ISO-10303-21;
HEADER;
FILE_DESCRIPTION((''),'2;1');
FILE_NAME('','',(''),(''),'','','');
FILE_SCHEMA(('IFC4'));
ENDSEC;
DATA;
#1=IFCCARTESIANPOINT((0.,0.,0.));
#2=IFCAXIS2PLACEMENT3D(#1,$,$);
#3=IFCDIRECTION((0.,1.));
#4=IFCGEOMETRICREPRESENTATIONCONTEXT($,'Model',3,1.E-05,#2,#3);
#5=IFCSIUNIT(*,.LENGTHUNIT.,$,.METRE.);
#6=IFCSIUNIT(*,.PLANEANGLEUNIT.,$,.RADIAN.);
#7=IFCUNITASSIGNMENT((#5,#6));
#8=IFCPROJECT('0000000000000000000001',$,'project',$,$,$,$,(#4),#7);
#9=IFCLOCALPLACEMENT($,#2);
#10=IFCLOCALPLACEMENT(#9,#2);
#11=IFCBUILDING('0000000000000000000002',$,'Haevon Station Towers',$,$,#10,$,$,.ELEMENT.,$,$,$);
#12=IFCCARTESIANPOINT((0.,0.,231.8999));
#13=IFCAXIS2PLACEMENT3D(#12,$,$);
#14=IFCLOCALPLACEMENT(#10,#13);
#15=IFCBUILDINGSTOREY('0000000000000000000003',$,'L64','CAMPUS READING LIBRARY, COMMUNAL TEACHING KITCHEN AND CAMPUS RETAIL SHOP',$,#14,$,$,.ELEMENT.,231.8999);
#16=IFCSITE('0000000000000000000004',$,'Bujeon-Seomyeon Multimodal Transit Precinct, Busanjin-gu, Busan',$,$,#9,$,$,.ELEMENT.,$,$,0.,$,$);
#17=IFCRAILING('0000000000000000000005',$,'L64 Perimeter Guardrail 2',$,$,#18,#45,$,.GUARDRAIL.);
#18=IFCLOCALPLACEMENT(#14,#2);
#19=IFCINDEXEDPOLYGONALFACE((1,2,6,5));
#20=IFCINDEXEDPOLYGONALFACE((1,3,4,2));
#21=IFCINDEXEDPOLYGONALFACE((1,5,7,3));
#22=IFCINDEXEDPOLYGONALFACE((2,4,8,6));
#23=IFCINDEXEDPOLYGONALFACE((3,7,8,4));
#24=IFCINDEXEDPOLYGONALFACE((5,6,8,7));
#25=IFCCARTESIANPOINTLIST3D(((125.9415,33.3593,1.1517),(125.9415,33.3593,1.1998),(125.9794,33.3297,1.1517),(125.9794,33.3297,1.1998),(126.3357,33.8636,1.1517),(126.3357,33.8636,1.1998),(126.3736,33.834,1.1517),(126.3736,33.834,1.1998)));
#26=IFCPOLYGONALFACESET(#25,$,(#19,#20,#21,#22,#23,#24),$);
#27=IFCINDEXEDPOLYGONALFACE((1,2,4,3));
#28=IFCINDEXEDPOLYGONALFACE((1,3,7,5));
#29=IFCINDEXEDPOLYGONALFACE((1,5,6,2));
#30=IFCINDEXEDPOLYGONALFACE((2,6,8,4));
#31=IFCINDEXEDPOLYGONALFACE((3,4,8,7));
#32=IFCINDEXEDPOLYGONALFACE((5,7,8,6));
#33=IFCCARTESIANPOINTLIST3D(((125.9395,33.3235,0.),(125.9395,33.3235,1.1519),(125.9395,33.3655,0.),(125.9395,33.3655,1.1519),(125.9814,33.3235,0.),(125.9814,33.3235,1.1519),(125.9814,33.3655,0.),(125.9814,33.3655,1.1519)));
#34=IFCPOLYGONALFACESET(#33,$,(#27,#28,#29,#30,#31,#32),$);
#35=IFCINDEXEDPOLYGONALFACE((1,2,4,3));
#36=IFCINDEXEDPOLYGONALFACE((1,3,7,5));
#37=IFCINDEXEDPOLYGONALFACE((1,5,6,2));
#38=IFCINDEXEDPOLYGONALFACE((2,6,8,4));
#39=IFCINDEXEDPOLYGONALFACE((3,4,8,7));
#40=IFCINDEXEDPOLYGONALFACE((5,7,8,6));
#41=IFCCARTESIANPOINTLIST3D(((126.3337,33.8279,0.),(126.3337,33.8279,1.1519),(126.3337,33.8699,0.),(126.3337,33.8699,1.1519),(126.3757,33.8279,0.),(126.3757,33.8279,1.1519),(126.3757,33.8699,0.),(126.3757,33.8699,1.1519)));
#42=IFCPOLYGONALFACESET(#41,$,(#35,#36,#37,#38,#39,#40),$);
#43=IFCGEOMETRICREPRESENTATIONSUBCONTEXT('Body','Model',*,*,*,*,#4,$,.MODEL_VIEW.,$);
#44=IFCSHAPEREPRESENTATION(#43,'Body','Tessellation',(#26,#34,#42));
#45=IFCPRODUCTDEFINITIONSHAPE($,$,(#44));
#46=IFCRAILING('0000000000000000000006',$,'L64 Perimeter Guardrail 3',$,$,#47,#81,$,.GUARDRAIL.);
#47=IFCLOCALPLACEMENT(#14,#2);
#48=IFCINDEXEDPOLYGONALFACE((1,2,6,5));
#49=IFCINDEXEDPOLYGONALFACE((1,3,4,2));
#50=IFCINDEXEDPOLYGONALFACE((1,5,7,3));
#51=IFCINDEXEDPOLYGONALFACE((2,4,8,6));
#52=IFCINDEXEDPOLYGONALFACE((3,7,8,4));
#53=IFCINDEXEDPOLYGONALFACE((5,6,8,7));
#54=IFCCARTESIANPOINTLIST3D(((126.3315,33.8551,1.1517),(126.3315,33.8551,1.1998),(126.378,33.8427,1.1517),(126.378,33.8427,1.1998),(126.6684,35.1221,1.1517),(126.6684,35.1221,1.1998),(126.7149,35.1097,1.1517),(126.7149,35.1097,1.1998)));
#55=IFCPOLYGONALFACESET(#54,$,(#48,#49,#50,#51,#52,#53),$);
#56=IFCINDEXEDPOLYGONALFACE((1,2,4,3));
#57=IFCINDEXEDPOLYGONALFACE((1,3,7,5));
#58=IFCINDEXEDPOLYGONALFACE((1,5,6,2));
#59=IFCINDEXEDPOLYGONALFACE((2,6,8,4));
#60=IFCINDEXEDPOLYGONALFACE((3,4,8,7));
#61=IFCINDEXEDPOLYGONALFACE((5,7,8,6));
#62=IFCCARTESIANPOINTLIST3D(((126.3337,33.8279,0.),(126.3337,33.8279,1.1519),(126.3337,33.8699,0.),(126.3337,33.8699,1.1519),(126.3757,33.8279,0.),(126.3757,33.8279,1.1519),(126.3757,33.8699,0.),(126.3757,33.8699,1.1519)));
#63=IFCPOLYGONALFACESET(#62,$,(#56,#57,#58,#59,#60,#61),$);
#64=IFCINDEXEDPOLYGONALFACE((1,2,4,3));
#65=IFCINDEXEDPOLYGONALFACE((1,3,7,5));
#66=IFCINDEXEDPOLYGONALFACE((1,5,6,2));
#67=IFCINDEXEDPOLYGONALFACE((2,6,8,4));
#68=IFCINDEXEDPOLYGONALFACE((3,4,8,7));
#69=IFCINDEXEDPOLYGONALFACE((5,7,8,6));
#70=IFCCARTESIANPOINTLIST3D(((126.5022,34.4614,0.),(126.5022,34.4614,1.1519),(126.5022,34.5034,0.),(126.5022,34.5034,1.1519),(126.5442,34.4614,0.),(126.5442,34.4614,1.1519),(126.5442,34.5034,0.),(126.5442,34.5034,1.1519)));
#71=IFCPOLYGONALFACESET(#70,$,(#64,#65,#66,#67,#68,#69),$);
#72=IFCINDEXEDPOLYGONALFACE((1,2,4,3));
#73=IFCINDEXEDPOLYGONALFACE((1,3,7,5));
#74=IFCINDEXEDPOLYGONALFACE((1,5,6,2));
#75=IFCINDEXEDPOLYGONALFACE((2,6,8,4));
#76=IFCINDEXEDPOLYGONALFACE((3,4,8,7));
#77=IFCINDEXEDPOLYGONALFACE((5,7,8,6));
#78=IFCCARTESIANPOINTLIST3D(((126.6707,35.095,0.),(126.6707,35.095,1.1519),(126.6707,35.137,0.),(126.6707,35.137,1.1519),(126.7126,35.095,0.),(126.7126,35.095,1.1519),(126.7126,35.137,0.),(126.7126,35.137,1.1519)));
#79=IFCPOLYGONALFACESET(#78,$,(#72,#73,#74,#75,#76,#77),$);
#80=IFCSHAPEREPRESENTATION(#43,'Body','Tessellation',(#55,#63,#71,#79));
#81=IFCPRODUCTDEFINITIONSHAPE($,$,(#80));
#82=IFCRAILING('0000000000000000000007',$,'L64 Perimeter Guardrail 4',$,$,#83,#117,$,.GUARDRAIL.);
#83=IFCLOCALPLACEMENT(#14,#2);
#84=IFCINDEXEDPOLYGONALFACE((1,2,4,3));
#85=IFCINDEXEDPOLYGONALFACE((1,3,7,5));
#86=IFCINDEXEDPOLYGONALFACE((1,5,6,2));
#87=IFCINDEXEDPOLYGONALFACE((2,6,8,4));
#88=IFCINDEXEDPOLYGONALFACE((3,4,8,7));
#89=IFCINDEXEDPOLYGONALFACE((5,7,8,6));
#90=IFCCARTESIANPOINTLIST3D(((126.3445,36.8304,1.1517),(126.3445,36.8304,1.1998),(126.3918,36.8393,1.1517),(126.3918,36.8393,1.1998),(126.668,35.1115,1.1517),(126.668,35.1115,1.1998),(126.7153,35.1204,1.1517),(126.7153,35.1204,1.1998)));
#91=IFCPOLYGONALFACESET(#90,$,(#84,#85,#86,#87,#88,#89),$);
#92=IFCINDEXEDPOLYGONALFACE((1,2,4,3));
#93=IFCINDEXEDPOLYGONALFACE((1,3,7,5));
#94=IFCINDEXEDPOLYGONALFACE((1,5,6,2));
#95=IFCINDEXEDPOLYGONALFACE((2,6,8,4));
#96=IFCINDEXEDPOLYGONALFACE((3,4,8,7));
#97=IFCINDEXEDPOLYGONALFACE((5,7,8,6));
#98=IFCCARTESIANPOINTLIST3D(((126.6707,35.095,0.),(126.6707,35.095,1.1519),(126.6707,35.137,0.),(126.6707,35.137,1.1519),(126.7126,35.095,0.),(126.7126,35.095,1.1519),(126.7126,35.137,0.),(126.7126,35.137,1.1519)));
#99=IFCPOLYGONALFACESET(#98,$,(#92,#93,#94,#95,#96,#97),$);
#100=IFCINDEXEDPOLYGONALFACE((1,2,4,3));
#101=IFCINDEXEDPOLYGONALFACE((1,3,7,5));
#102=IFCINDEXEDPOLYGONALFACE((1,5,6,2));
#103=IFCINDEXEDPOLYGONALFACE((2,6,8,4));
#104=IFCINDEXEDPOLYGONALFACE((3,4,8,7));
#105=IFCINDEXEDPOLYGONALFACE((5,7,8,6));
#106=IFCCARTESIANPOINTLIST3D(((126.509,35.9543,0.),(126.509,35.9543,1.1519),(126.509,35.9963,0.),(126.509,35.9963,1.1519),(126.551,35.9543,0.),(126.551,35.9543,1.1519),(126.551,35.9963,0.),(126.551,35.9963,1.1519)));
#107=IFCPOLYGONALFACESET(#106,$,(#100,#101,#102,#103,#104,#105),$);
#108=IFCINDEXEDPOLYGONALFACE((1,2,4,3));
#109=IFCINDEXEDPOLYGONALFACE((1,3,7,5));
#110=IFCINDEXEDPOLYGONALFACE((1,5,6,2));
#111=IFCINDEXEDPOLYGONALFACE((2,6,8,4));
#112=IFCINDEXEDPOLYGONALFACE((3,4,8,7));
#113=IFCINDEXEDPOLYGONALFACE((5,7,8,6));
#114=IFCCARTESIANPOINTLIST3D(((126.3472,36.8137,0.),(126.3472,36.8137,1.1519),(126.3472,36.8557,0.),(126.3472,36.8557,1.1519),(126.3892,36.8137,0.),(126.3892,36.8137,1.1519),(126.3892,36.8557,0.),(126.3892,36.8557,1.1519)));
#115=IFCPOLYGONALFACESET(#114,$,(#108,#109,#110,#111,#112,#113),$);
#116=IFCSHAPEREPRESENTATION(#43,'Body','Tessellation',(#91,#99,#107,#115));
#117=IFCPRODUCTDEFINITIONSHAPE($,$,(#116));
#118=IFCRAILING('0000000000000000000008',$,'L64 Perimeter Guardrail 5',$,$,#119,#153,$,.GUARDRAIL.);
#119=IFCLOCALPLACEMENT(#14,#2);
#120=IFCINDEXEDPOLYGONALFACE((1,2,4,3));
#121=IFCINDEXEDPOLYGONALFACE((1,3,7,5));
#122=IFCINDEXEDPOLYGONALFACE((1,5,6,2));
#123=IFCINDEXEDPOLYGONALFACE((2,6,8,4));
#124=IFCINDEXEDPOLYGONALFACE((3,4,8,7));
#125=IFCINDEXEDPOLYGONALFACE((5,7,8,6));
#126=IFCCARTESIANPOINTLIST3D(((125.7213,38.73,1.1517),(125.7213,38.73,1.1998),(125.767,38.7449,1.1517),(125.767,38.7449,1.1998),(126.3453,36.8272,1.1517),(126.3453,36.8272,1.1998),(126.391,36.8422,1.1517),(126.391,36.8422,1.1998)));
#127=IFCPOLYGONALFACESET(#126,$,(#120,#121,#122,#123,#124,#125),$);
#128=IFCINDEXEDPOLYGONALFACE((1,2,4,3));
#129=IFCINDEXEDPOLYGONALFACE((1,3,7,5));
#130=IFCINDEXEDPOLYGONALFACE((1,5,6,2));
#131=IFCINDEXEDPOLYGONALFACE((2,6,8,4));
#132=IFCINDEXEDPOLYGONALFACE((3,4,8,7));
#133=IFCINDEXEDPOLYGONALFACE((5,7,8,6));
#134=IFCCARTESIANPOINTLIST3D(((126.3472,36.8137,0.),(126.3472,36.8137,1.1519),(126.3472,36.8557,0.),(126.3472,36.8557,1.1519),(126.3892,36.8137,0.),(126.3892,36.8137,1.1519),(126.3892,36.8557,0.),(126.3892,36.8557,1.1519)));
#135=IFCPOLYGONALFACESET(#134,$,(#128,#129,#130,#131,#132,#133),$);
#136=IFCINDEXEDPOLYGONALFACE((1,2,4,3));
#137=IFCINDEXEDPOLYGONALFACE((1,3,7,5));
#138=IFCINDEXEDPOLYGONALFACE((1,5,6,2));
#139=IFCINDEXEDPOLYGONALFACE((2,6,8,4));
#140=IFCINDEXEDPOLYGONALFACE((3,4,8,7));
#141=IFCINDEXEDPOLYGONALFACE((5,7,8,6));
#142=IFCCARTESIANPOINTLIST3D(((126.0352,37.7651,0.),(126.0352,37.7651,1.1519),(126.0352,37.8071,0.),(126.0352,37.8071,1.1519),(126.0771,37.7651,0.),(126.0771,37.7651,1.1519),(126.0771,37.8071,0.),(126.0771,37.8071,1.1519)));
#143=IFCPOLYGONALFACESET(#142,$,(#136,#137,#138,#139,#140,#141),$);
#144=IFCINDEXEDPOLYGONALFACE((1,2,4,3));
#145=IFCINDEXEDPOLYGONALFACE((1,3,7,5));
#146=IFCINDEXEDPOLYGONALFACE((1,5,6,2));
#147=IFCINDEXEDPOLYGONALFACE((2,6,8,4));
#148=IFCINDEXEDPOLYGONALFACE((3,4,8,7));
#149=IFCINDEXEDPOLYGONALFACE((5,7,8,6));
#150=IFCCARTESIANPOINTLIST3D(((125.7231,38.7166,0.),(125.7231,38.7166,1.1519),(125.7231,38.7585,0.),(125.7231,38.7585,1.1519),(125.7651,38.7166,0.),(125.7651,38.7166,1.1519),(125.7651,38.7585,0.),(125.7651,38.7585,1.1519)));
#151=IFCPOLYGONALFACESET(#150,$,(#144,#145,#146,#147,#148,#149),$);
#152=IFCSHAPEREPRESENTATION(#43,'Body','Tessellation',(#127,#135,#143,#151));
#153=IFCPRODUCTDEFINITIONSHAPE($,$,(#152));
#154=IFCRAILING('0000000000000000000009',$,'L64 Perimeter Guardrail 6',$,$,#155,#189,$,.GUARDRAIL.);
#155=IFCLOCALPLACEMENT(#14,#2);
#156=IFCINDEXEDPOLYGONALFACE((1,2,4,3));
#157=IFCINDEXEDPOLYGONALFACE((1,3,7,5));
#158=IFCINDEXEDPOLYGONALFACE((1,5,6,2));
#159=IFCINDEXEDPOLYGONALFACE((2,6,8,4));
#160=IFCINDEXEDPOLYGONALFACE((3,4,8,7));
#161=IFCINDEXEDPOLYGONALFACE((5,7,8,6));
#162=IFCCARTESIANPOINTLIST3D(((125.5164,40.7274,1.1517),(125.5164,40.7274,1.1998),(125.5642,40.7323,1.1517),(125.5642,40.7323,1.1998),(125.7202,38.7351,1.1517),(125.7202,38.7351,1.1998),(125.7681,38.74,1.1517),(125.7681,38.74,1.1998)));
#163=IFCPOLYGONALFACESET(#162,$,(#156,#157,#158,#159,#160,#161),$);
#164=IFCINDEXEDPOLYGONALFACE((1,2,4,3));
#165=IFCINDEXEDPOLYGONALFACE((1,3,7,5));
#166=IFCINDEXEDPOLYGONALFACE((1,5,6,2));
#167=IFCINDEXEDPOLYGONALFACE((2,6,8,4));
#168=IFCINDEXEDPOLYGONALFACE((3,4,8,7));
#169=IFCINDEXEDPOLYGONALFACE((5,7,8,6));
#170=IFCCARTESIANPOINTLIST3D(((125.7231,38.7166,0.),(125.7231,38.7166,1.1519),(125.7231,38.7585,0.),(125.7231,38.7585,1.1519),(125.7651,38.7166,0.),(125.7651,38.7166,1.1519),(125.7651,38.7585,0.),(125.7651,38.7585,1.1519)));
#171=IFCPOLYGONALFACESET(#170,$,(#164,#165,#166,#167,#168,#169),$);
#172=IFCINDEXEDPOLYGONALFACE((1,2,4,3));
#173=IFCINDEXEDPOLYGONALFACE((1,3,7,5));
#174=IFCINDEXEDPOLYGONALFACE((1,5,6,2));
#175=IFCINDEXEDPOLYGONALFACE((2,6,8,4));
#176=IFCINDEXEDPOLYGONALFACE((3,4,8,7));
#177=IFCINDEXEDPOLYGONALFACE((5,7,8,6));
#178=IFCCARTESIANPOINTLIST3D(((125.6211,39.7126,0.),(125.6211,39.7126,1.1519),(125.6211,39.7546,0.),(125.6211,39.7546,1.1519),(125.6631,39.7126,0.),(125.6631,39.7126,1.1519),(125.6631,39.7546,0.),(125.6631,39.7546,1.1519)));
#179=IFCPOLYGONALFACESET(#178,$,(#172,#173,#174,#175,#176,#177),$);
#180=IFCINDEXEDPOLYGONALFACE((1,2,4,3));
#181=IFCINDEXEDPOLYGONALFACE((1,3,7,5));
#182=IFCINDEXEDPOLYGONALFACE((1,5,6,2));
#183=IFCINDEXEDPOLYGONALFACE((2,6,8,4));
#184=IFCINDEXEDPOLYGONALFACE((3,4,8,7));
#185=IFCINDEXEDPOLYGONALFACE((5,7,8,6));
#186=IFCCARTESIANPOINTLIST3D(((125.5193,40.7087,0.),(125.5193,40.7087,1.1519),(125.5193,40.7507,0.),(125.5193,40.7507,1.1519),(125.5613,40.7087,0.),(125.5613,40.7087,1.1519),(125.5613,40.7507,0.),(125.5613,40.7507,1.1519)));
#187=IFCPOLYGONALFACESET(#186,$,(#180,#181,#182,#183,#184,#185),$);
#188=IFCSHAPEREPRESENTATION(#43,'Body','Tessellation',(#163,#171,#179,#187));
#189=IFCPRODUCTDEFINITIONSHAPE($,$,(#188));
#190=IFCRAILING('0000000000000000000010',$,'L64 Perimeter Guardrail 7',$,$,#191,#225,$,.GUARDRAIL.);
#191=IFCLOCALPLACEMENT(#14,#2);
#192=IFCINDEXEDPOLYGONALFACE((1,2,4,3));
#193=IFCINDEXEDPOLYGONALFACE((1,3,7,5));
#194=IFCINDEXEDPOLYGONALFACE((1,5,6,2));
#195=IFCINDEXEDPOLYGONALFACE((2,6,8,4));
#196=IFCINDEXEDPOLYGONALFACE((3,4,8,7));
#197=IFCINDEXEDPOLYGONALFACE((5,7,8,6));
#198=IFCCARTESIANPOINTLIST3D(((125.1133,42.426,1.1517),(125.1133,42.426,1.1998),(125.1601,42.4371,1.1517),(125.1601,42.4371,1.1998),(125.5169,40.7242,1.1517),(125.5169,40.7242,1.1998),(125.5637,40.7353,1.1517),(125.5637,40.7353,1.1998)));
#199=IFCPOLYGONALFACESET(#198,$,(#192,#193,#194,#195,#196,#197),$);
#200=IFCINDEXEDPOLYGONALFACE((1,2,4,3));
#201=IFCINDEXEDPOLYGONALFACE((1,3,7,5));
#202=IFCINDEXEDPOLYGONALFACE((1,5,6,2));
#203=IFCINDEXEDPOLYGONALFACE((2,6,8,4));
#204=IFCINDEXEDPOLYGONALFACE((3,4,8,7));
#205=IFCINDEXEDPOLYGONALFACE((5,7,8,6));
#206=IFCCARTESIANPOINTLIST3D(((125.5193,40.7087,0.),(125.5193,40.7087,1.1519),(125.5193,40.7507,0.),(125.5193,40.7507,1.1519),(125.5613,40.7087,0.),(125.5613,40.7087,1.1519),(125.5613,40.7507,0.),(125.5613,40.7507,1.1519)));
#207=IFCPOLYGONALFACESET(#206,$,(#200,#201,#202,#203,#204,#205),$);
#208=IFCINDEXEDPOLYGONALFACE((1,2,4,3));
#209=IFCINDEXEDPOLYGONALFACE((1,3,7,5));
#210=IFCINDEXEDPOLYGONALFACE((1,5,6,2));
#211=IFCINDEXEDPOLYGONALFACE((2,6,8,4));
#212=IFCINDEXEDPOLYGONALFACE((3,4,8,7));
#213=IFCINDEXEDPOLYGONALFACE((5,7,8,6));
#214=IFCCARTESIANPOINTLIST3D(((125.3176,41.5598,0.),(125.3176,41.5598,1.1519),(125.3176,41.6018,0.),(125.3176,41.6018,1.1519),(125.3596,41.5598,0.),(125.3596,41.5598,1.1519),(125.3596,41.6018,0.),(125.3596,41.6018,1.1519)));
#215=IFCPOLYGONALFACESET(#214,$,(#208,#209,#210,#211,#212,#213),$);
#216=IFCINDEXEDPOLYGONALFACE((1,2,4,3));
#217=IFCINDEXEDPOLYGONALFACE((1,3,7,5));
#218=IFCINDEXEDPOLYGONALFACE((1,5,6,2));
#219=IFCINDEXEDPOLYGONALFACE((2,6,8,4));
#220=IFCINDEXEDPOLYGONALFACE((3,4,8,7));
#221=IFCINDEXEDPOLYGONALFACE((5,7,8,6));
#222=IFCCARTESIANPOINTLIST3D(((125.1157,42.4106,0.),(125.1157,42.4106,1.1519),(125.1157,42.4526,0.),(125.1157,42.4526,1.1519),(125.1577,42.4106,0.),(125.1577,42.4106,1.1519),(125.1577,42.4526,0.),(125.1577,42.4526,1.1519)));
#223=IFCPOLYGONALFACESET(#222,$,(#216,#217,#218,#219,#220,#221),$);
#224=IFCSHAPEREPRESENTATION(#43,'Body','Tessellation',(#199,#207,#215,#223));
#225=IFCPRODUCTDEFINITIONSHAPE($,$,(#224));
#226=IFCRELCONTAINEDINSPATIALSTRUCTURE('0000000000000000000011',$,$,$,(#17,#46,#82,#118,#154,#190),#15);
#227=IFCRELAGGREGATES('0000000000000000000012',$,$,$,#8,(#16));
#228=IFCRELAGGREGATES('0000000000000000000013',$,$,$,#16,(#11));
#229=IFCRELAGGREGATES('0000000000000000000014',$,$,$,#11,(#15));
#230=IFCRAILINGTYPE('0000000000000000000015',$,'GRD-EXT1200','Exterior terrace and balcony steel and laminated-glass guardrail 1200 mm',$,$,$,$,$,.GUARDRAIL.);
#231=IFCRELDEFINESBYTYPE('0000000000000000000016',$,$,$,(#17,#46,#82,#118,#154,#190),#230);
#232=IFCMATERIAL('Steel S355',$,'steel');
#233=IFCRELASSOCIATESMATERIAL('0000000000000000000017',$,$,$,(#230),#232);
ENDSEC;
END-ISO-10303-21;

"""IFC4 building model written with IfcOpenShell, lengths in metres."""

from ifc_helpers import new_model, si_unit, direction, frame, origin, origin_2d, place, context, subcontext, project, spatial, rectangle, extrude, material, type_object, element, save


model = new_model("IFC4")

# Units and contexts
model_context = context("Model", 3, precision=1e-05, world=origin(), true_north=direction((0.0, 1.0)))
body_context = subcontext(model_context, "Body", "Model", "MODEL_VIEW")
ifc_project = project(units=[si_unit("LENGTHUNIT", "METRE"), si_unit("PLANEANGLEUNIT", "RADIAN")], contexts=[model_context])

# Site, building, storey
site_placement = place(None, origin())
site = spatial("IfcSite", under=ifc_project, at=site_placement, Name="Bujeon-Seomyeon Multimodal Transit Precinct, Busanjin-gu, Busan", CompositionType="ELEMENT", RefElevation=0.0)
building_placement = place(site_placement, origin())
building = spatial("IfcBuilding", under=site, at=building_placement, Name="Haevon Station Towers", CompositionType="ELEMENT")
storey_placement = place(building_placement, frame((0.0, 0.0, 231.8999)))
storey = spatial("IfcBuildingStorey", under=building, at=storey_placement, Name="L64", Description="CAMPUS READING LIBRARY, COMMUNAL TEACHING KITCHEN AND CAMPUS RETAIL SHOP", CompositionType="ELEMENT", Elevation=231.8999)

# Shared definitions
ifc_material_1 = material(Name="Steel S355", Category="steel")

# Railings
railing_type = type_object("IfcRailingType", Name="GRD-EXT1200", Description="Exterior terrace and balcony steel and laminated-glass guardrail 1200 mm", PredefinedType="GUARDRAIL", material=ifc_material_1)
railing_1_placement = place(storey_placement, frame((125.9604, 33.3445, 0.0)))
element("IfcRailing", 1, at=railing_1_placement, inside=storey, type_object=railing_type, Name="L64 Perimeter Guardrail 2", PredefinedType="GUARDRAIL", context=body_context, shape_type="SweptSolid", body=[
    extrude(rectangle(XDim=0.0481, YDim=0.0481, at=origin_2d()), frame((0.0, 0.0, 1.1758), z_axis=(0.615866, 0.787851, 0.0), x_axis=(-0.787851, 0.615866, 0.0)), (0.0, 0.0, 1.0), 0.6401),
    extrude(rectangle(XDim=0.042, YDim=0.042, at=origin_2d()), origin(), (0.0, 0.0, 1.0), 1.1519),
    extrude(rectangle(XDim=0.042, YDim=0.042, at=origin_2d()), frame((0.3943, 0.5044, 0.0)), (0.0, 0.0, 1.0), 1.1519),
])
railing_2_placement = place(storey_placement, frame((126.3547, 33.8489, 0.0)))
element("IfcRailing", 2, at=railing_2_placement, inside=storey, type_object=railing_type, Name="L64 Perimeter Guardrail 3", PredefinedType="GUARDRAIL", context=body_context, shape_type="SweptSolid", body=[
    extrude(rectangle(XDim=0.0481, YDim=0.0481, at=origin_2d()), frame((0.0, 0.0, 1.1758), z_axis=(0.256967, 0.96642, 0.0), x_axis=(-0.96642, 0.256967, 0.0)), (0.0, 0.0, 1.0), 1.311),
    extrude(rectangle(XDim=0.042, YDim=0.042, at=origin_2d()), origin(), (0.0, 0.0, 1.0), 1.1519),
    extrude(rectangle(XDim=0.042, YDim=0.042, at=origin_2d()), frame((0.1685, 0.6335, 0.0)), (0.0, 0.0, 1.0), 1.1519),
    extrude(rectangle(XDim=0.042, YDim=0.042, at=origin_2d()), frame((0.3369, 1.2671, 0.0)), (0.0, 0.0, 1.0), 1.1519),
])
railing_3_placement = place(storey_placement, frame((126.6917, 35.116, 0.0)))
element("IfcRailing", 3, at=railing_3_placement, inside=storey, type_object=railing_type, Name="L64 Perimeter Guardrail 4", PredefinedType="GUARDRAIL", context=body_context, shape_type="SweptSolid", body=[
    extrude(rectangle(XDim=0.0481, YDim=0.0481, at=origin_2d()), frame((0.0, 0.0, 1.1758), z_axis=(-0.184963, 0.982746, 0.0), x_axis=(-0.982746, -0.184963, 0.0)), (0.0, 0.0, 1.0), 1.749),
    extrude(rectangle(XDim=0.042, YDim=0.042, at=origin_2d()), origin(), (0.0, 0.0, 1.0), 1.1519),
    extrude(rectangle(XDim=0.042, YDim=0.042, at=origin_2d()), frame((-0.1616, 0.8594, 0.0)), (0.0, 0.0, 1.0), 1.1519),
    extrude(rectangle(XDim=0.042, YDim=0.042, at=origin_2d()), frame((-0.3235, 1.7188, 0.0)), (0.0, 0.0, 1.0), 1.1519),
])
railing_4_placement = place(storey_placement, frame((126.3682, 36.8347, 0.0)))
element("IfcRailing", 4, at=railing_4_placement, inside=storey, type_object=railing_type, Name="L64 Perimeter Guardrail 5", PredefinedType="GUARDRAIL", context=body_context, shape_type="SweptSolid", body=[
    extrude(rectangle(XDim=0.0481, YDim=0.0481, at=origin_2d()), frame((0.0, 0.0, 1.1758), z_axis=(-0.311616, 0.950208, 0.0), x_axis=(-0.950208, -0.311616, 0.0)), (0.0, 0.0, 1.0), 2.0024),
    extrude(rectangle(XDim=0.042, YDim=0.042, at=origin_2d()), origin(), (0.0, 0.0, 1.0), 1.1519),
    extrude(rectangle(XDim=0.042, YDim=0.042, at=origin_2d()), frame((-0.312, 0.9514, 0.0)), (0.0, 0.0, 1.0), 1.1519),
    extrude(rectangle(XDim=0.042, YDim=0.042, at=origin_2d()), frame((-0.624, 1.9028, 0.0)), (0.0, 0.0, 1.0), 1.1519),
])
railing_5_placement = place(storey_placement, frame((125.7441, 38.7375, 0.0)))
element("IfcRailing", 5, at=railing_5_placement, inside=storey, type_object=railing_type, Name="L64 Perimeter Guardrail 6", PredefinedType="GUARDRAIL", context=body_context, shape_type="SweptSolid", body=[
    extrude(rectangle(XDim=0.0481, YDim=0.0481, at=origin_2d()), frame((0.0, 0.0, 1.1758), z_axis=(-0.101797, 0.994805, 0.0), x_axis=(-0.994805, -0.101797, 0.0)), (0.0, 0.0, 1.0), 2.0027),
    extrude(rectangle(XDim=0.042, YDim=0.042, at=origin_2d()), origin(), (0.0, 0.0, 1.0), 1.1519),
    extrude(rectangle(XDim=0.042, YDim=0.042, at=origin_2d()), frame((-0.1021, 0.9961, 0.0)), (0.0, 0.0, 1.0), 1.1519),
    extrude(rectangle(XDim=0.042, YDim=0.042, at=origin_2d()), frame((-0.2039, 1.9922, 0.0)), (0.0, 0.0, 1.0), 1.1519),
])
railing_6_placement = place(storey_placement, frame((125.5403, 40.7297, 0.0)))
element("IfcRailing", 6, at=railing_6_placement, inside=storey, type_object=railing_type, Name="L64 Perimeter Guardrail 7", PredefinedType="GUARDRAIL", context=body_context, shape_type="SweptSolid", body=[
    extrude(rectangle(XDim=0.0481, YDim=0.0481, at=origin_2d()), frame((0.0, 0.0, 1.1758), z_axis=(-0.230727, 0.973018, 0.0), x_axis=(-0.973018, -0.230727, 0.0)), (0.0, 0.0, 1.0), 1.749),
    extrude(rectangle(XDim=0.042, YDim=0.042, at=origin_2d()), origin(), (0.0, 0.0, 1.0), 1.1519),
    extrude(rectangle(XDim=0.042, YDim=0.042, at=origin_2d()), frame((-0.2017, 0.8511, 0.0)), (0.0, 0.0, 1.0), 1.1519),
    extrude(rectangle(XDim=0.042, YDim=0.042, at=origin_2d()), frame((-0.4036, 1.7019, 0.0)), (0.0, 0.0, 1.0), 1.1519),
])

save(model, "model.ifc")
